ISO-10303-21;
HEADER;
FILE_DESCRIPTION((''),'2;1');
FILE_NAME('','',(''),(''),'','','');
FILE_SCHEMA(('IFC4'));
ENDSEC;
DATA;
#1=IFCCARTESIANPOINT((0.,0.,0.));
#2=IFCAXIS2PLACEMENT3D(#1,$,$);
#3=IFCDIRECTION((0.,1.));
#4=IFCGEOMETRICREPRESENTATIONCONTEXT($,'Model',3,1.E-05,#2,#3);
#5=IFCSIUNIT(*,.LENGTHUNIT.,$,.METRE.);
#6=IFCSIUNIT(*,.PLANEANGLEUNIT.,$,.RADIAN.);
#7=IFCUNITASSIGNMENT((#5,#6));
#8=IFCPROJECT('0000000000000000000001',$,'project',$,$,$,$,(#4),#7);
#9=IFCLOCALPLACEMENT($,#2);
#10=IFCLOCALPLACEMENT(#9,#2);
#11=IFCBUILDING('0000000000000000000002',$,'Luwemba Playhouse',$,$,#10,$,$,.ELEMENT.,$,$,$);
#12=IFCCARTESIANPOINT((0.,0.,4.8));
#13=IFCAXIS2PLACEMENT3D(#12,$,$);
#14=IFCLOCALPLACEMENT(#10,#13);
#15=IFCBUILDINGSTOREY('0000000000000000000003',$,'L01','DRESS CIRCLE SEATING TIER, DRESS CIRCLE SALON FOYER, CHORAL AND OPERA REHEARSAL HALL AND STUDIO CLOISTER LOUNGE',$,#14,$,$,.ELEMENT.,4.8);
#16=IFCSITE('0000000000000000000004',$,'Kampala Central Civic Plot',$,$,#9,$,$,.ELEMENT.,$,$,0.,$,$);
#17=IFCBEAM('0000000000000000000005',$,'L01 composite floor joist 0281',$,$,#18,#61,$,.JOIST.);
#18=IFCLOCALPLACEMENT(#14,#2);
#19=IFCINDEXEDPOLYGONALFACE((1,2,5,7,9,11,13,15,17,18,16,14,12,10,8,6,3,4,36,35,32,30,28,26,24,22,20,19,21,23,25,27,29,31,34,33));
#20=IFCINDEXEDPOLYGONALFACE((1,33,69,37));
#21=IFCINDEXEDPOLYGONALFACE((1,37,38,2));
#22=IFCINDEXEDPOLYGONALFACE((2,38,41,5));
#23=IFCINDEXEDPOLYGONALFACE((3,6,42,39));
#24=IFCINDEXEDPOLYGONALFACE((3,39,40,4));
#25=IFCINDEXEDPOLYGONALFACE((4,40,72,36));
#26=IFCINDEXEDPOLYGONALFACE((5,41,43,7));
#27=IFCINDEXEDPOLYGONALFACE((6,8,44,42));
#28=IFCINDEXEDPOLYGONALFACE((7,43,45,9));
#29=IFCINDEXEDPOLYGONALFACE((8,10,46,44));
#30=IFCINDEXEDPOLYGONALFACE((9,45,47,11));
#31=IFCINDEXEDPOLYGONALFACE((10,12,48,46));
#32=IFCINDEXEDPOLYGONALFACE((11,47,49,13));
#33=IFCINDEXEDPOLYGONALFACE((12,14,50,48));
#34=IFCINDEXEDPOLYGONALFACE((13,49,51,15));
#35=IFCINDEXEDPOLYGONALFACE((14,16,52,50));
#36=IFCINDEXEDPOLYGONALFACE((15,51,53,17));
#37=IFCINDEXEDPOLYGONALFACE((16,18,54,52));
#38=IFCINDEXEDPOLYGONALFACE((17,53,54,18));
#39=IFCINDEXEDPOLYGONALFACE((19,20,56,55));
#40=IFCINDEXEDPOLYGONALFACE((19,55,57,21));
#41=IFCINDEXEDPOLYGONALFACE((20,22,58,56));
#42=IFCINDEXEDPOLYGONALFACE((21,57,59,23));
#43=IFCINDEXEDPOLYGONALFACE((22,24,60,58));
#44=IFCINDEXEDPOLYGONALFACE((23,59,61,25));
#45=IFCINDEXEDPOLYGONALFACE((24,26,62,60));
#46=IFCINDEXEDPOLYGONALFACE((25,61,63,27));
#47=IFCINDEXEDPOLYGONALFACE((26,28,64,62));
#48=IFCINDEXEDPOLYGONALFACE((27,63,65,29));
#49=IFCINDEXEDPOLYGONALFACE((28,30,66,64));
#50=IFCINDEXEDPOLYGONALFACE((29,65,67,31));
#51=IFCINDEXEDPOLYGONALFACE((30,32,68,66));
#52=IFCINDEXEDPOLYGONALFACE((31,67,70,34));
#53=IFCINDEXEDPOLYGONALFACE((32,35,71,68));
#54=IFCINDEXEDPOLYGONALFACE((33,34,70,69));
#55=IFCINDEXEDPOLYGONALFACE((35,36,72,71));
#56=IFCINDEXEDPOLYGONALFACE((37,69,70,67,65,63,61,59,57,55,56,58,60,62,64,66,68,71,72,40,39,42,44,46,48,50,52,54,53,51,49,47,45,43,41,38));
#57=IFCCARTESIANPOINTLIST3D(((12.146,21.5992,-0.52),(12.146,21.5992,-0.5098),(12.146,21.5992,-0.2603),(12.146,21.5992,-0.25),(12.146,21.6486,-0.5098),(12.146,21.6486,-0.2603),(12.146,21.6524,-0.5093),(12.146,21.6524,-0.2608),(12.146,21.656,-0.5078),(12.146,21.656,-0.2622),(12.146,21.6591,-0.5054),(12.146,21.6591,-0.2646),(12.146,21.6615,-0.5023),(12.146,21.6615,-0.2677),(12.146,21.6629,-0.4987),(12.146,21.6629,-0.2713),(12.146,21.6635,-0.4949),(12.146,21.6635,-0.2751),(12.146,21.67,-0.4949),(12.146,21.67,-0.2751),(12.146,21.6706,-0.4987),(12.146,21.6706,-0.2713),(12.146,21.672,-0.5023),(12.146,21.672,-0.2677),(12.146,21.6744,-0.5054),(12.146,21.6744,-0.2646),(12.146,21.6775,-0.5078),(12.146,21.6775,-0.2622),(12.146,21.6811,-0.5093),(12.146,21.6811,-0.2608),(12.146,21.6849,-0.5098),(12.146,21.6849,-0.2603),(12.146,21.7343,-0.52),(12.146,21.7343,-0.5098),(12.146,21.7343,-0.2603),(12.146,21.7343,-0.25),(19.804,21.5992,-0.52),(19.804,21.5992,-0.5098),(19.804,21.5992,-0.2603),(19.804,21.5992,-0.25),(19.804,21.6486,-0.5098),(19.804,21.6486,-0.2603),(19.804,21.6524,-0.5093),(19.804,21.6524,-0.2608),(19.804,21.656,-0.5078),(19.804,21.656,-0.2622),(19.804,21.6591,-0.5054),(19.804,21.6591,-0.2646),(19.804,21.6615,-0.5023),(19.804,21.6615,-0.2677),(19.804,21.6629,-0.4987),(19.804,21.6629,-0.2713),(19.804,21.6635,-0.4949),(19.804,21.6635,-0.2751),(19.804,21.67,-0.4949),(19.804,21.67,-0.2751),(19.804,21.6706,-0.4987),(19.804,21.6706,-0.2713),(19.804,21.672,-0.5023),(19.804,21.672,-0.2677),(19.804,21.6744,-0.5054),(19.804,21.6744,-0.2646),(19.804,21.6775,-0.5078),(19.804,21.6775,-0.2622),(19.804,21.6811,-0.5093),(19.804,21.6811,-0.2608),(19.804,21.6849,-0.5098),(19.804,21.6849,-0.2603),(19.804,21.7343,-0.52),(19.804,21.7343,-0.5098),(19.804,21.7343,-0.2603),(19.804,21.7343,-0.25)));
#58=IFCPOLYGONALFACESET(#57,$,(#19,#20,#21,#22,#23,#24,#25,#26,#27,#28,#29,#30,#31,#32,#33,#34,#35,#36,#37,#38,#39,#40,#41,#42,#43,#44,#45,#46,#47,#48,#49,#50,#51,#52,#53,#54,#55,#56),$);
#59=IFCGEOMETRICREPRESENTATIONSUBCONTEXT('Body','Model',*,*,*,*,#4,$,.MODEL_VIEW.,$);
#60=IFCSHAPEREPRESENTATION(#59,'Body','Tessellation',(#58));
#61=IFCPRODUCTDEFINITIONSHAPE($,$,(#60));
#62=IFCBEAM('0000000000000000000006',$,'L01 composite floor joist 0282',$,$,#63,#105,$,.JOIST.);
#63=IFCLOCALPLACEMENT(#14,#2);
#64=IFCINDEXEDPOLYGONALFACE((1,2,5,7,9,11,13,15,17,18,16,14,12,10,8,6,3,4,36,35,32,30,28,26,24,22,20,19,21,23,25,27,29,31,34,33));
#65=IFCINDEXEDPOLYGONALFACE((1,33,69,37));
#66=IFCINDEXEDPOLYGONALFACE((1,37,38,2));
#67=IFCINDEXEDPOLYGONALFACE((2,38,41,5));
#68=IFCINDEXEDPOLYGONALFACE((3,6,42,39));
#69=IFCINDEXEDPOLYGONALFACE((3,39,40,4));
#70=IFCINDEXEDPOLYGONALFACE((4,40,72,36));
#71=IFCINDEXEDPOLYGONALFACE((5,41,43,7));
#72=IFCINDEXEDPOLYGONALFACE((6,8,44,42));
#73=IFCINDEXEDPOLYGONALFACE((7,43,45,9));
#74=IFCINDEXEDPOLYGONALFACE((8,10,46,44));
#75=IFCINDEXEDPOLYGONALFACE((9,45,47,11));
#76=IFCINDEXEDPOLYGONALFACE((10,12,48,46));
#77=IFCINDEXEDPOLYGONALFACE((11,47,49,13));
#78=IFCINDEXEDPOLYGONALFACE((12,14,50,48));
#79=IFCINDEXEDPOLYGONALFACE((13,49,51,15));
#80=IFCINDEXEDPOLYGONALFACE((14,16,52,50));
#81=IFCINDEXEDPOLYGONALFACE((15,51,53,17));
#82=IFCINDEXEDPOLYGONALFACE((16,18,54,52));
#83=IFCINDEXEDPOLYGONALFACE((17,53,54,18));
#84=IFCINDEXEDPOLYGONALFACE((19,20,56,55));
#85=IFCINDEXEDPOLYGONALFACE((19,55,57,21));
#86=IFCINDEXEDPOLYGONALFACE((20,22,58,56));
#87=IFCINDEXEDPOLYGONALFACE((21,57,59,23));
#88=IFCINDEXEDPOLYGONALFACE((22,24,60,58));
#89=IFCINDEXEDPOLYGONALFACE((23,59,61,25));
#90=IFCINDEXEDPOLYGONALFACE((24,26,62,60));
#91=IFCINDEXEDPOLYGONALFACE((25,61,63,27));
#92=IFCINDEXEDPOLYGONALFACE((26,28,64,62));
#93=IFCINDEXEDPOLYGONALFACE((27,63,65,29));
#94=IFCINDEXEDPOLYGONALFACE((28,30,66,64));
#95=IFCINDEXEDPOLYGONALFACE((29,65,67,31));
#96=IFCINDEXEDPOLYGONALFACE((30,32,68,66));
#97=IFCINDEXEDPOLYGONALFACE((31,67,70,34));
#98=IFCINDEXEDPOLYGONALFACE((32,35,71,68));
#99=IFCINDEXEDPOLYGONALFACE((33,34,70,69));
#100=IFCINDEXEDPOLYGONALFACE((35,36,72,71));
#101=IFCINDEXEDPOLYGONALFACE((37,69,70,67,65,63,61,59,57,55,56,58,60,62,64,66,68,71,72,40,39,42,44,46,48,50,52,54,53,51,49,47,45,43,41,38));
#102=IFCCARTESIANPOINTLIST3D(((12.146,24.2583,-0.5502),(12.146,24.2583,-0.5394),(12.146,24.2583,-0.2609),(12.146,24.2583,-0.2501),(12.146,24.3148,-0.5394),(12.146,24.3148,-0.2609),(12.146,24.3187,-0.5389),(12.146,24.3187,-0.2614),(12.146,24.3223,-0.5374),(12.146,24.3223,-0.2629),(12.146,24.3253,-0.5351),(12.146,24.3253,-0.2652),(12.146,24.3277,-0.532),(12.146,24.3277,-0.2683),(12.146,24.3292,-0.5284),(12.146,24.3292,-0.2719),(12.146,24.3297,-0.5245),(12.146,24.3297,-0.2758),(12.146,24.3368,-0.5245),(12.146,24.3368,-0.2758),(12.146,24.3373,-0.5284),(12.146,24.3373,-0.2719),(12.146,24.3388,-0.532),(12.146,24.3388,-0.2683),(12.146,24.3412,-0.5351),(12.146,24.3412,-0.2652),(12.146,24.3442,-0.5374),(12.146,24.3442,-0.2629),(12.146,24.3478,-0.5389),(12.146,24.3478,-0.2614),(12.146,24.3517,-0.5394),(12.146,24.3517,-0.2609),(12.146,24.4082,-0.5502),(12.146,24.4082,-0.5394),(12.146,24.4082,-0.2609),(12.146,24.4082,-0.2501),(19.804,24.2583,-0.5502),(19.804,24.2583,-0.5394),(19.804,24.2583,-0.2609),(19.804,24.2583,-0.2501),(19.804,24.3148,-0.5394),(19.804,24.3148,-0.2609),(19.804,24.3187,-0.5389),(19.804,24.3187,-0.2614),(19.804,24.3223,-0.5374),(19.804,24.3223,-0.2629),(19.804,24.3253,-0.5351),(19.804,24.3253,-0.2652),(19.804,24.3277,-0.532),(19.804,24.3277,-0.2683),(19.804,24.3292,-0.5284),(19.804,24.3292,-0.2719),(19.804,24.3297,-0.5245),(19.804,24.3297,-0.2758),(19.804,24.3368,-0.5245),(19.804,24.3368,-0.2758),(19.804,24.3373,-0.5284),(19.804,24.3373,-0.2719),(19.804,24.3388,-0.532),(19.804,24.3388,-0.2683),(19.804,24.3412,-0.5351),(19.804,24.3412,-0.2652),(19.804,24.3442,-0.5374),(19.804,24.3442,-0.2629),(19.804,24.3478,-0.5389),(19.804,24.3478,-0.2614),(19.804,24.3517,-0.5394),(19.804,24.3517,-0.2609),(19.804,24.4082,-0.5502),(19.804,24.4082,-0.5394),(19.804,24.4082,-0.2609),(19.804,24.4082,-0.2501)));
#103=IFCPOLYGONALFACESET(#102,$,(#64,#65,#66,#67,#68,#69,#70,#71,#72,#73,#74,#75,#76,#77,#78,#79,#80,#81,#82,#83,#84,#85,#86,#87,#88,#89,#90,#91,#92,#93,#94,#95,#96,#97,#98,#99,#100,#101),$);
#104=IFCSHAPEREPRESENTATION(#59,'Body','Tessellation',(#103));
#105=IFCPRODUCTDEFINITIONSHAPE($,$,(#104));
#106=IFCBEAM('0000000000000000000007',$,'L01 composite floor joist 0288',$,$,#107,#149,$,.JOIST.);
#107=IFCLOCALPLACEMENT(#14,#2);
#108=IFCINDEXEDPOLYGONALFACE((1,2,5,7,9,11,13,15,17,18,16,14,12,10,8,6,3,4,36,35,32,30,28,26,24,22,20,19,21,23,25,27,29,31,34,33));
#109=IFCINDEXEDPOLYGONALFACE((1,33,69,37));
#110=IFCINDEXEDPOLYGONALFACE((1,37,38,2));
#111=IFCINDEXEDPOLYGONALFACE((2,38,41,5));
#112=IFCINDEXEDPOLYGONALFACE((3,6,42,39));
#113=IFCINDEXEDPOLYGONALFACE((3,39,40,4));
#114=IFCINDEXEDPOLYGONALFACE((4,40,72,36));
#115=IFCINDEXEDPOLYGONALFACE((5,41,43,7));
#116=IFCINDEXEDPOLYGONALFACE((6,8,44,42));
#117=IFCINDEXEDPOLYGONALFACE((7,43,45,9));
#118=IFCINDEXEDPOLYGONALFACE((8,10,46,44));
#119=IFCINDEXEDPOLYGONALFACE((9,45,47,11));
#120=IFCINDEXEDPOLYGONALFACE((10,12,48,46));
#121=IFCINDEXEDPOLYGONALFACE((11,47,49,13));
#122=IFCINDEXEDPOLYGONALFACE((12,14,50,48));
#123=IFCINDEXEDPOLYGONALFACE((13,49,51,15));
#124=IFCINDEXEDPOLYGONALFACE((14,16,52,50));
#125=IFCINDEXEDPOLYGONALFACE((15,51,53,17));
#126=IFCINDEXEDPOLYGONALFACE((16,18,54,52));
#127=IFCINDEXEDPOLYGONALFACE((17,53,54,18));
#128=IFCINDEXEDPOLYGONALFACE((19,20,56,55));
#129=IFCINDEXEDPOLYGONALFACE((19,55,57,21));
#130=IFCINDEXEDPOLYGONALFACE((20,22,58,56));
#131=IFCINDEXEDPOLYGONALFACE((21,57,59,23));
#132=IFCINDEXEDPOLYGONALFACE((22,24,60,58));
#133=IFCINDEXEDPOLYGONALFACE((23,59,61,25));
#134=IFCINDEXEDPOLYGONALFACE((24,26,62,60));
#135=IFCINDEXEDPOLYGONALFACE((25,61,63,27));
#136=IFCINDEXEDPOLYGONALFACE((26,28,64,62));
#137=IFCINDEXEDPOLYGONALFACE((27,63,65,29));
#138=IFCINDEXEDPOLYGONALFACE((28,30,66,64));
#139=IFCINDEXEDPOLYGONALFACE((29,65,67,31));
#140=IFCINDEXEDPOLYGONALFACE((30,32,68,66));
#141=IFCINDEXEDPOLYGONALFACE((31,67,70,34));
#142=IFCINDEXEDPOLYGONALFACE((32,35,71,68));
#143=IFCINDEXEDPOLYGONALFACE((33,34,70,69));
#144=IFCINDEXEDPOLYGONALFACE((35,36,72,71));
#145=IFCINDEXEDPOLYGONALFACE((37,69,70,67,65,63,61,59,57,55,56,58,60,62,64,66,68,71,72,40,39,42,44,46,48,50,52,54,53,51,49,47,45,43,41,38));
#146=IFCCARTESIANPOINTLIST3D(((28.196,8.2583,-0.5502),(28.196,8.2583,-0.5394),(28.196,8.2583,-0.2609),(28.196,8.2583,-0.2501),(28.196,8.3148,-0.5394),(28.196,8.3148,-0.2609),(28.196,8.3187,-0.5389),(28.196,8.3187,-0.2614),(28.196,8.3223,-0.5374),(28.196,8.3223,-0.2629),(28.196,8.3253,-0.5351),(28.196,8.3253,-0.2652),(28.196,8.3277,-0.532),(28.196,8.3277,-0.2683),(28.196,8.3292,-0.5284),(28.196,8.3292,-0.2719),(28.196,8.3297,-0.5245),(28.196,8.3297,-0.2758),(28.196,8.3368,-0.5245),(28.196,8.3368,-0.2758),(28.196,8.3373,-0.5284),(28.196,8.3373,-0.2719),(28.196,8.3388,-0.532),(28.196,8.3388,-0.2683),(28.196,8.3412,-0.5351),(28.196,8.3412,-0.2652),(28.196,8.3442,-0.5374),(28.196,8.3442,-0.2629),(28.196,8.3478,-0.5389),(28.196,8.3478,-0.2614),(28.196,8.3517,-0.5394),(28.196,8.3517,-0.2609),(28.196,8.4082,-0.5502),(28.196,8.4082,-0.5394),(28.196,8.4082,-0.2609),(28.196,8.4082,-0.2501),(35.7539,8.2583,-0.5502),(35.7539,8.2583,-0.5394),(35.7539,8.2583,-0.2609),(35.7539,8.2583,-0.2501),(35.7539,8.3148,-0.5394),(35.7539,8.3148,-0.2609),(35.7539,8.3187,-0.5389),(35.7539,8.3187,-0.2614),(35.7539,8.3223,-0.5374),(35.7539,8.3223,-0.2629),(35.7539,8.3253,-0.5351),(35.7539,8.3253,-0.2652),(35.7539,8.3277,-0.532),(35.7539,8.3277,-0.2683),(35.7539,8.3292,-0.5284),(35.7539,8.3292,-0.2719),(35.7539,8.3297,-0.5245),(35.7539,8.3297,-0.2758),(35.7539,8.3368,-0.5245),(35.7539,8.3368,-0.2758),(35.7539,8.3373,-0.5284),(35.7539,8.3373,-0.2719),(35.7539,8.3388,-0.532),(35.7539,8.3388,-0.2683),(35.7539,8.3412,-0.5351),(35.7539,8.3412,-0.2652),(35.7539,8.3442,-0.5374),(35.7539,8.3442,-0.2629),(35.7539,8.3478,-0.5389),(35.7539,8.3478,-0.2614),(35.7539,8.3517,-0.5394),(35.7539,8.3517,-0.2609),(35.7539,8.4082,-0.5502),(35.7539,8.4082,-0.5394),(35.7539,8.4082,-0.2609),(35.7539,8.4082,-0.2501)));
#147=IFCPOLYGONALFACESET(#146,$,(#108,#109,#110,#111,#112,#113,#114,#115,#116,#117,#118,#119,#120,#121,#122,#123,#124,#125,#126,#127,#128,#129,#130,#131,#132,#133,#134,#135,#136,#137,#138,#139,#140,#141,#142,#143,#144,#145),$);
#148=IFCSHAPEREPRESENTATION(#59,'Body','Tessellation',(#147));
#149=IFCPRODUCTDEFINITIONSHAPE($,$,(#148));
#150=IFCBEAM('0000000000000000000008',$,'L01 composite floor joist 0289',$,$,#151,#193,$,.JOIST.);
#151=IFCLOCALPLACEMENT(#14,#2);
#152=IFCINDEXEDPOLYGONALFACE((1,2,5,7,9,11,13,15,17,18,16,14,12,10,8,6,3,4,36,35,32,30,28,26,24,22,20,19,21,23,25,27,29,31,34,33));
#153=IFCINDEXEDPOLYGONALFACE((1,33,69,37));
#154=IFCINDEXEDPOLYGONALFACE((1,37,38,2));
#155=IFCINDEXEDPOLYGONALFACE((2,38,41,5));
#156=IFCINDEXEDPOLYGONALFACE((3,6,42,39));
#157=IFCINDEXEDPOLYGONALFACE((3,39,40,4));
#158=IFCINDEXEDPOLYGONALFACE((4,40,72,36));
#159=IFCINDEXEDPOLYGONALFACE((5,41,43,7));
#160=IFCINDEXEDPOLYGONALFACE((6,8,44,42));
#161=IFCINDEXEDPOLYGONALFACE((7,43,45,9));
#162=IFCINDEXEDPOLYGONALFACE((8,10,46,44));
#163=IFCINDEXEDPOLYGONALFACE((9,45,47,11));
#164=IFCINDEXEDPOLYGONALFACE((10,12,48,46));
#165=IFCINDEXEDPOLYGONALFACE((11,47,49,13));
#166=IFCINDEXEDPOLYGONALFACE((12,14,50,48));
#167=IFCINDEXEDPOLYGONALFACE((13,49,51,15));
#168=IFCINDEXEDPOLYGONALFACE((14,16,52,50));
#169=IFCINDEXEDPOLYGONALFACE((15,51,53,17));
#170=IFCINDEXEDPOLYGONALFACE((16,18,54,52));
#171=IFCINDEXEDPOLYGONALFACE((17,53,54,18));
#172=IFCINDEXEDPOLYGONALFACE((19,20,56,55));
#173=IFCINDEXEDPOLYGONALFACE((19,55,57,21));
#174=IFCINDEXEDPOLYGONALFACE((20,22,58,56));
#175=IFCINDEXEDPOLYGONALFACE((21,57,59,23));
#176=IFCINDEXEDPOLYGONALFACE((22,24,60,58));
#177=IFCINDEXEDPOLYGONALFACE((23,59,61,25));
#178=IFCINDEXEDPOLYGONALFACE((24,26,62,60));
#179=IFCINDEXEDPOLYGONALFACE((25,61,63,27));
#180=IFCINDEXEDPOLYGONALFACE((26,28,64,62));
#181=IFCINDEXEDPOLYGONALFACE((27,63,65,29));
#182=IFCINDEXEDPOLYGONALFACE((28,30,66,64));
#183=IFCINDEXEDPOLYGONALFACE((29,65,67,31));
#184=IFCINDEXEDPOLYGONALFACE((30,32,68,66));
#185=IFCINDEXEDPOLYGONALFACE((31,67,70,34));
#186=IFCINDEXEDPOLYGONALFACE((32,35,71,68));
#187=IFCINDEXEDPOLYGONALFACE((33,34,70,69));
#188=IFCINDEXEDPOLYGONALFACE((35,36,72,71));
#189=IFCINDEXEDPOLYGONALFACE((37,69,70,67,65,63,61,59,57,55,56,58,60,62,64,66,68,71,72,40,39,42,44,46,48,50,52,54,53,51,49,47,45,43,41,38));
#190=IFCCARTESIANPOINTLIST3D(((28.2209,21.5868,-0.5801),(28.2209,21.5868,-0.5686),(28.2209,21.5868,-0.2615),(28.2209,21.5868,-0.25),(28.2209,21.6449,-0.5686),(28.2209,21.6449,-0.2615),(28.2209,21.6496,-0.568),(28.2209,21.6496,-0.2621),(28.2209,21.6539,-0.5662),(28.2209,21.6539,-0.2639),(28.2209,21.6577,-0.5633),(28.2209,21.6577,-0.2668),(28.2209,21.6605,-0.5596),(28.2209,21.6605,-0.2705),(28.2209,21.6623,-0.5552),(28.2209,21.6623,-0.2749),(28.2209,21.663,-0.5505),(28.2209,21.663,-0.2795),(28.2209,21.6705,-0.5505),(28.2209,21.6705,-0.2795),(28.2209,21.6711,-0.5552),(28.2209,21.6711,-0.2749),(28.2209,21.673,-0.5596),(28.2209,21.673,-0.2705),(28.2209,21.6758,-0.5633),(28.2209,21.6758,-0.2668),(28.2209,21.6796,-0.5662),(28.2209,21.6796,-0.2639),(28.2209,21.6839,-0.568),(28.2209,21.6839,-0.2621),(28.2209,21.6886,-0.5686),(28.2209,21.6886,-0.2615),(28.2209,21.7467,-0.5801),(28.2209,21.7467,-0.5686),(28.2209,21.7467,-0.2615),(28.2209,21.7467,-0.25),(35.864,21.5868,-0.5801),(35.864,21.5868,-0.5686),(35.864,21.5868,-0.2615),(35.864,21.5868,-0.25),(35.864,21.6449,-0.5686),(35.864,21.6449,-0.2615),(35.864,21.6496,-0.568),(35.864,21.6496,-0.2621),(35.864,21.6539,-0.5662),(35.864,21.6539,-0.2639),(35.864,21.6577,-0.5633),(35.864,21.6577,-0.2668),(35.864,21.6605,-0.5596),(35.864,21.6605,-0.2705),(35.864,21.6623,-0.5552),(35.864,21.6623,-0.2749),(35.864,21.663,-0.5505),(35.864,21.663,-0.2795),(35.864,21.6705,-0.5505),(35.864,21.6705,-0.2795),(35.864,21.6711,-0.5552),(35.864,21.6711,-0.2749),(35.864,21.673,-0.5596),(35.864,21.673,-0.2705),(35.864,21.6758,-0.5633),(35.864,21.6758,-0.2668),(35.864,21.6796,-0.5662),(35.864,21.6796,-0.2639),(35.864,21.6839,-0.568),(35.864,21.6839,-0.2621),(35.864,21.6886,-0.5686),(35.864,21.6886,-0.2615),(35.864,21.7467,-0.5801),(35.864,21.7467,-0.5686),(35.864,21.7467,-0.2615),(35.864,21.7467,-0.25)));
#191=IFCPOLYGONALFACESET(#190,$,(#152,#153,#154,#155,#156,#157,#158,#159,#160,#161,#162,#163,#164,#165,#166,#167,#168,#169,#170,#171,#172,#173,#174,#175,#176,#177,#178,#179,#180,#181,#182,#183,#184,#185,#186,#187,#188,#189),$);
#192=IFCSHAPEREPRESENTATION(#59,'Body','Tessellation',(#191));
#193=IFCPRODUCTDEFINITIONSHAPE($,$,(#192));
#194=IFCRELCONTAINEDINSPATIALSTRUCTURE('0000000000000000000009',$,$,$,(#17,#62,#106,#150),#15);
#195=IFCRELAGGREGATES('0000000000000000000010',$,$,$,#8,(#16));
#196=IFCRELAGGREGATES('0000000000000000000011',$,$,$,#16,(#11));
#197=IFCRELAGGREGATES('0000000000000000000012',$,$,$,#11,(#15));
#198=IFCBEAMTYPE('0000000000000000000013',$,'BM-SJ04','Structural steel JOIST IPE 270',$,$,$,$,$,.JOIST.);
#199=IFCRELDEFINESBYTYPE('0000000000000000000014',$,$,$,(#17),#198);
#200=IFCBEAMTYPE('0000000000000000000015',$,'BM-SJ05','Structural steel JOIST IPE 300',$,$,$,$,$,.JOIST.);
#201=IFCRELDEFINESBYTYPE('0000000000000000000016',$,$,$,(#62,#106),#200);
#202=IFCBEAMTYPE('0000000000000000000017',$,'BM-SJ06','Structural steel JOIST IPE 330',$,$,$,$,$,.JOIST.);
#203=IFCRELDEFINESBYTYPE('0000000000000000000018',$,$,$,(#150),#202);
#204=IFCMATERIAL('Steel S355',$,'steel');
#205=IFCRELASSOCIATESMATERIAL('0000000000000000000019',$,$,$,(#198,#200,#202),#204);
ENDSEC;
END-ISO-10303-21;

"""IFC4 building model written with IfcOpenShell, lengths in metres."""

from ifc_helpers import new_model, si_unit, direction, frame, origin, origin_2d, place, context, subcontext, project, spatial, i_section, extrude, material, material_profile, profile_set, type_object, element, save


model = new_model("IFC4")

# Units and contexts
model_context = context("Model", 3, precision=1e-05, world=origin(), true_north=direction((0.0, 1.0)))
body_context = subcontext(model_context, "Body", "Model", "MODEL_VIEW")
ifc_project = project(units=[si_unit("LENGTHUNIT", "METRE"), si_unit("PLANEANGLEUNIT", "RADIAN")], contexts=[model_context])

# Site, building, storey
site_placement = place(None, origin())
site = spatial("IfcSite", under=ifc_project, at=site_placement, Name="Kampala Central Civic Plot", CompositionType="ELEMENT", RefElevation=0.0)
building_placement = place(site_placement, origin())
building = spatial("IfcBuilding", under=site, at=building_placement, Name="Luwemba Playhouse", CompositionType="ELEMENT")
storey_placement = place(building_placement, frame((0.0, 0.0, 4.8)))
storey = spatial("IfcBuildingStorey", under=building, at=storey_placement, Name="L01", Description="DRESS CIRCLE SEATING TIER, DRESS CIRCLE SALON FOYER, CHORAL AND OPERA REHEARSAL HALL AND STUDIO CLOISTER LOUNGE", CompositionType="ELEMENT", Elevation=4.8)

# Beams
ifc_material_1 = material(Name="Steel S355", Category="steel")
ifc_material_profile_1 = material_profile(ifc_material_1, i_section(OverallWidth=0.135, OverallDepth=0.27, WebThickness=0.0066, FlangeThickness=0.0103, FilletRadius=0.0149, at=origin_2d()))
ifc_profile_set_1 = profile_set([ifc_material_profile_1], Name="Steel S355")
beam_type_1 = type_object("IfcBeamType", Name="BM-SJ04", Description="Structural steel JOIST IPE 270", PredefinedType="JOIST", material=ifc_profile_set_1)
beam_1_placement = place(storey_placement, frame((12.146, 21.6667, -0.385), z_axis=(1.0, 0.0, 0.0), x_axis=(0.0, 1.0, 0.0)))
element("IfcBeam", 1, at=beam_1_placement, inside=storey, type_object=beam_type_1, Name="L01 composite floor joist 0281", PredefinedType="JOIST", context=body_context, shape_type="SweptSolid", body=[
    extrude(i_section(OverallWidth=0.135, OverallDepth=0.27, WebThickness=0.0066, FlangeThickness=0.0103, FilletRadius=0.0149, at=origin_2d()), origin(), (0.0, 0.0, 1.0), 7.658),
])
ifc_material_profile_2 = material_profile(ifc_material_1, i_section(OverallWidth=0.1499, OverallDepth=0.3, WebThickness=0.0071, FlangeThickness=0.0107, FilletRadius=0.0149, at=origin_2d()))
ifc_profile_set_2 = profile_set([ifc_material_profile_2], Name="Steel S355")
beam_type_2 = type_object("IfcBeamType", Name="BM-SJ05", Description="Structural steel JOIST IPE 300", PredefinedType="JOIST", material=ifc_profile_set_2)
beam_2_placement = place(storey_placement, frame((12.146, 24.3333, -0.4001), z_axis=(1.0, 0.0, 0.0), x_axis=(0.0, 1.0, 0.0)))
element("IfcBeam", 2, at=beam_2_placement, inside=storey, type_object=beam_type_2, Name="L01 composite floor joist 0282", PredefinedType="JOIST", context=body_context, shape_type="SweptSolid", body=[
    extrude(i_section(OverallWidth=0.1499, OverallDepth=0.3, WebThickness=0.0071, FlangeThickness=0.0107, FilletRadius=0.0149, at=origin_2d()), origin(), (0.0, 0.0, 1.0), 7.658),
])
beam_3_placement = place(storey_placement, frame((28.196, 8.3333, -0.4001), z_axis=(1.0, 0.0, 0.0), x_axis=(0.0, 1.0, 0.0)))
element("IfcBeam", 3, at=beam_3_placement, inside=storey, type_object=beam_type_2, Name="L01 composite floor joist 0288", PredefinedType="JOIST", context=body_context, shape_type="SweptSolid", body=[
    extrude(i_section(OverallWidth=0.1499, OverallDepth=0.3, WebThickness=0.0071, FlangeThickness=0.0107, FilletRadius=0.0149, at=origin_2d()), origin(), (0.0, 0.0, 1.0), 7.5579),
])
ifc_material_profile_3 = material_profile(ifc_material_1, i_section(OverallWidth=0.1599, OverallDepth=0.3301, WebThickness=0.0076, FlangeThickness=0.0115, FilletRadius=0.0181, at=origin_2d()))
ifc_profile_set_3 = profile_set([ifc_material_profile_3], Name="Steel S355")
beam_type_3 = type_object("IfcBeamType", Name="BM-SJ06", Description="Structural steel JOIST IPE 330", PredefinedType="JOIST", material=ifc_profile_set_3)
beam_4_placement = place(storey_placement, frame((28.2209, 21.6667, -0.415), z_axis=(1.0, 0.0, 0.0), x_axis=(0.0, 1.0, 0.0)))
element("IfcBeam", 4, at=beam_4_placement, inside=storey, type_object=beam_type_3, Name="L01 composite floor joist 0289", PredefinedType="JOIST", context=body_context, shape_type="SweptSolid", body=[
    extrude(i_section(OverallWidth=0.1599, OverallDepth=0.3301, WebThickness=0.0076, FlangeThickness=0.0115, FilletRadius=0.0181, at=origin_2d()), origin(), (0.0, 0.0, 1.0), 7.6431),
])

save(model, "model.ifc")
